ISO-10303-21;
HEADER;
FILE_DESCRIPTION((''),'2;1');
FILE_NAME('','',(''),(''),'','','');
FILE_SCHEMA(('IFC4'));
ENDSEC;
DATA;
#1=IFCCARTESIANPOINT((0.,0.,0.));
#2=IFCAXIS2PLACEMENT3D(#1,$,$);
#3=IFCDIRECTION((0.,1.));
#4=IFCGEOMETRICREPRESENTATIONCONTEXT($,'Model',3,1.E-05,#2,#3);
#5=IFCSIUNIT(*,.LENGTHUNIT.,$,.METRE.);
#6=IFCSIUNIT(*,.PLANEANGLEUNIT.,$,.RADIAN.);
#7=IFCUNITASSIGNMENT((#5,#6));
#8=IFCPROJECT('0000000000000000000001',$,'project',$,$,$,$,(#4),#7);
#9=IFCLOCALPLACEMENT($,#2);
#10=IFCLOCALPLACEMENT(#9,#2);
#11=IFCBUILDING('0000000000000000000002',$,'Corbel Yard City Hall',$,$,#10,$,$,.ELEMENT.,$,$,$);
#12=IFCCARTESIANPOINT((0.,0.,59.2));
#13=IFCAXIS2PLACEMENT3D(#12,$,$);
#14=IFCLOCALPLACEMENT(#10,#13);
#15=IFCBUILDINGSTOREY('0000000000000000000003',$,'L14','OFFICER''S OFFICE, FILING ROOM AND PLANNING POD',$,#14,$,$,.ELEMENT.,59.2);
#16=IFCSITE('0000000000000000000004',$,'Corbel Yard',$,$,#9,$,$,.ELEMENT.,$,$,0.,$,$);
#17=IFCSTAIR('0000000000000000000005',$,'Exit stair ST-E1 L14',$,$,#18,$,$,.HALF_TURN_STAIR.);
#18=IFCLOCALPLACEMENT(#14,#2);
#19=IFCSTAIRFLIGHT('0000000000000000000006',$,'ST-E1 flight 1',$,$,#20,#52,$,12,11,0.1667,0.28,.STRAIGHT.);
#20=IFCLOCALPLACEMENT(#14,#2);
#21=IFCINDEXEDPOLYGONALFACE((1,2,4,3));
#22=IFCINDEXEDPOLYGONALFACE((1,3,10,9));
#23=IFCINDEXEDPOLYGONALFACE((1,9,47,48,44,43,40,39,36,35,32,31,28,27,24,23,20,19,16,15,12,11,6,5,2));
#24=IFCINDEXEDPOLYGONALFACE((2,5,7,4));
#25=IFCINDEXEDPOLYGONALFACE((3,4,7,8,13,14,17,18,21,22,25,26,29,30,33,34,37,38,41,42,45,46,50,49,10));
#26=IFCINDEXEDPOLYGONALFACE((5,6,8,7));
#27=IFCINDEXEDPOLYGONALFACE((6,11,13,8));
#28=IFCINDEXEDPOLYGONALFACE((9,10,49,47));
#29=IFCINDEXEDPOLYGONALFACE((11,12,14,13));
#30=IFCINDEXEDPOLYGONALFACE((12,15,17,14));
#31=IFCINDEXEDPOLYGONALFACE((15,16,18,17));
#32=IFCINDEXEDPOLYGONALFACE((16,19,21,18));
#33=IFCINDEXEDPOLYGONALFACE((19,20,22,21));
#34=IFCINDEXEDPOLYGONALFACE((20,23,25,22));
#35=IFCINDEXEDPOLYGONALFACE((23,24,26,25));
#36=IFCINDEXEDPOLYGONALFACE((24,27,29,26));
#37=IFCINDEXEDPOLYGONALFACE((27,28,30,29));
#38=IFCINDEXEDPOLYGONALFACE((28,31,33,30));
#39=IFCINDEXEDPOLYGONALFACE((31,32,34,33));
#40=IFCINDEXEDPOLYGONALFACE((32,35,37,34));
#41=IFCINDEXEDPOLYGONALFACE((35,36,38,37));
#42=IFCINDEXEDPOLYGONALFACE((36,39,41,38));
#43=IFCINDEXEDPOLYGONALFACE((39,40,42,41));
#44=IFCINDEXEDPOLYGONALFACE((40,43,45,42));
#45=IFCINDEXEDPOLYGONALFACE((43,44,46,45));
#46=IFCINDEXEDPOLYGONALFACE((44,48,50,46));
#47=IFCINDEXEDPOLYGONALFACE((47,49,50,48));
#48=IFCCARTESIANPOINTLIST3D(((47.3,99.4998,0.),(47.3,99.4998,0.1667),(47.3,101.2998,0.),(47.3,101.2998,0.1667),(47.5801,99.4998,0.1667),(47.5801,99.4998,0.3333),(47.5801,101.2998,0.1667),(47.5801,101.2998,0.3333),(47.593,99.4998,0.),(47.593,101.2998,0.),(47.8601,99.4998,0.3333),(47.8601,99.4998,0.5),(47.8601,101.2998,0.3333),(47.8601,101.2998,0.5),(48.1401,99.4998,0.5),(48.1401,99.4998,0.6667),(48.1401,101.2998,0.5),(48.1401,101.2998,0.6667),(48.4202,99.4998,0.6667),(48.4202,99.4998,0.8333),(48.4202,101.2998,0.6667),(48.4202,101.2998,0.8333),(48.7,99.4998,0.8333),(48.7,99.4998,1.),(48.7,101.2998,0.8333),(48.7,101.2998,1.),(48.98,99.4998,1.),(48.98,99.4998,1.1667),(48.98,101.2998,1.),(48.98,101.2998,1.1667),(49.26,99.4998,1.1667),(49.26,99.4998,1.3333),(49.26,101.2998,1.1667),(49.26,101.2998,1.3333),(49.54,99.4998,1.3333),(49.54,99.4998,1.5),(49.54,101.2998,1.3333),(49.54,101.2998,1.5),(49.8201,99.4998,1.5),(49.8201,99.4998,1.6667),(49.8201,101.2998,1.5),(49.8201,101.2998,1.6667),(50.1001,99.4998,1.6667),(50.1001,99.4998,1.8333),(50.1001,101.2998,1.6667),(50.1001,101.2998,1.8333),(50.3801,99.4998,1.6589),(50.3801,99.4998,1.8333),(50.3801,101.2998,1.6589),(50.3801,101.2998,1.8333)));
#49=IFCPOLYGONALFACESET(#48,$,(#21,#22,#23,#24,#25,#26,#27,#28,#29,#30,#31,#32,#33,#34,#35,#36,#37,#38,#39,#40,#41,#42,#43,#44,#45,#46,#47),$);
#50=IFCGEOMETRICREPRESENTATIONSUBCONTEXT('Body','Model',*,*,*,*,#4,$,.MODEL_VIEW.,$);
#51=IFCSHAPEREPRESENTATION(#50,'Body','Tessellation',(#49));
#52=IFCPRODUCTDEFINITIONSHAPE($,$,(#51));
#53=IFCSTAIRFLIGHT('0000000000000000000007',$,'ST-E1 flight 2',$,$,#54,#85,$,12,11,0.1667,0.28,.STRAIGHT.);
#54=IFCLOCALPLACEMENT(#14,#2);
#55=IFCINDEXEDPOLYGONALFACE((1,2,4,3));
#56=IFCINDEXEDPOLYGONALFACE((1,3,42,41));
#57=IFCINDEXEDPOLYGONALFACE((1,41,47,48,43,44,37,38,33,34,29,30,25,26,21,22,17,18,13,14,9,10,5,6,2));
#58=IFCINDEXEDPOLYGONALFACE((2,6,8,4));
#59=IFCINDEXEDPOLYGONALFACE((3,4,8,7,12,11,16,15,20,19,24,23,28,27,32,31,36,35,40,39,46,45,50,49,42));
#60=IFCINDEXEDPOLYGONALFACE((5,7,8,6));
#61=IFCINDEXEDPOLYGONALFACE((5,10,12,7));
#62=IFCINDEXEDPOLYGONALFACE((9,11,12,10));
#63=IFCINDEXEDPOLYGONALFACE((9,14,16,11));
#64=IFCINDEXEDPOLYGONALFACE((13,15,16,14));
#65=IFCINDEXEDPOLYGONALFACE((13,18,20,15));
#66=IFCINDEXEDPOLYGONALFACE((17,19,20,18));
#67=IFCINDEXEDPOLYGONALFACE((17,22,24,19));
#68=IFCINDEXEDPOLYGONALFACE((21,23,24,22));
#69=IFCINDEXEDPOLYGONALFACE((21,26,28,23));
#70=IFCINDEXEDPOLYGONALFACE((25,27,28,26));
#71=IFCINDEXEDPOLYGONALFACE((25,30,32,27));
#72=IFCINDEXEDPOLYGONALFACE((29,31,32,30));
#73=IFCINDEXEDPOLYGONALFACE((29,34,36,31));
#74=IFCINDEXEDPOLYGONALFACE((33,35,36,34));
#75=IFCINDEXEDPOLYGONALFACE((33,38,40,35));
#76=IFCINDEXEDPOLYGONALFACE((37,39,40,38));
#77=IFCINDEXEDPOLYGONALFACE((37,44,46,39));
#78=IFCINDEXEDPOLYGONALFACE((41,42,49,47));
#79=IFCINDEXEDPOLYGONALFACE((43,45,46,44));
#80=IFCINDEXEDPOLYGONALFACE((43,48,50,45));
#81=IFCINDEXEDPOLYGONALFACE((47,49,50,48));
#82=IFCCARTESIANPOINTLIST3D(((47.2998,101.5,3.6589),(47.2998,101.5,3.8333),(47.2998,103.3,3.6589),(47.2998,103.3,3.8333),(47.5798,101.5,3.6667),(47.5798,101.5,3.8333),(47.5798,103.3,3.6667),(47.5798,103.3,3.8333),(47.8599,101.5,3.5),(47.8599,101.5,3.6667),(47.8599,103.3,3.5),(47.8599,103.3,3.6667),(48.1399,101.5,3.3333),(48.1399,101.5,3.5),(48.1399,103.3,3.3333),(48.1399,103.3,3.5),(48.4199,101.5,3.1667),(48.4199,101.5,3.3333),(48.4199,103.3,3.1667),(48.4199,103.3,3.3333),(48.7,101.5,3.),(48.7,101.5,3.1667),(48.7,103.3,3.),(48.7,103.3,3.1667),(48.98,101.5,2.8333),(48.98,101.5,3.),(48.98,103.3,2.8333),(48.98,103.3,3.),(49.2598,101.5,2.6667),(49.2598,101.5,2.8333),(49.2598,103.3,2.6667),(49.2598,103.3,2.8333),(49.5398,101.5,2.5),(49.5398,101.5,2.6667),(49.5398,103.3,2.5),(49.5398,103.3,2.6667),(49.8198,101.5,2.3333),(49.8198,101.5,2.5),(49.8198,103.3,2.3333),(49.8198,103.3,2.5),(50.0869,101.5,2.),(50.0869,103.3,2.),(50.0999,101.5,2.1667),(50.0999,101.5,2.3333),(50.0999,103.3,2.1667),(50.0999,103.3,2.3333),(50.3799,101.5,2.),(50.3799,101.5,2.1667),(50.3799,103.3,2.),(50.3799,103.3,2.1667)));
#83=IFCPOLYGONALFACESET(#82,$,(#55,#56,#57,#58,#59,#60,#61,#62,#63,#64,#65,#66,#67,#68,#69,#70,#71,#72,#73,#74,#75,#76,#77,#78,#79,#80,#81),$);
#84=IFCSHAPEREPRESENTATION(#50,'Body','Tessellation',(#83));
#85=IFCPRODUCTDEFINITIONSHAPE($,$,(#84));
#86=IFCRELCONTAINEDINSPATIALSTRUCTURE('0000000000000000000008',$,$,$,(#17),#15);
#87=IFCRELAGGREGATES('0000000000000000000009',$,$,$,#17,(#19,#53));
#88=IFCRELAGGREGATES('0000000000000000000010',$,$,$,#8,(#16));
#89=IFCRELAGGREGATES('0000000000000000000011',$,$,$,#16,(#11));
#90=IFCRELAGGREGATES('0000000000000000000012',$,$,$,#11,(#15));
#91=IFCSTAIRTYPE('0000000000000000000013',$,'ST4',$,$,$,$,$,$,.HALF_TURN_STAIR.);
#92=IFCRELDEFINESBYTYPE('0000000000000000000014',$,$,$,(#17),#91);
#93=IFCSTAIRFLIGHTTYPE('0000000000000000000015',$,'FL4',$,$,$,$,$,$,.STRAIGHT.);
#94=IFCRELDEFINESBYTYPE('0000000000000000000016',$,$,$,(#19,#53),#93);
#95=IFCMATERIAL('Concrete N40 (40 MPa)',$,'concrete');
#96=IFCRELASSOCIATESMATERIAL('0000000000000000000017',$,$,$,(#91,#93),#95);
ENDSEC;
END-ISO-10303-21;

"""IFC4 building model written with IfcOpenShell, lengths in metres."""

from ifc_helpers import new_model, si_unit, direction, frame, origin, place, context, subcontext, project, spatial, polyline, outline, extrude, material, type_object, element, aggregate, save


model = new_model("IFC4")

# Units and contexts
model_context = context("Model", 3, precision=1e-05, world=origin(), true_north=direction((0.0, 1.0)))
body_context = subcontext(model_context, "Body", "Model", "MODEL_VIEW")
ifc_project = project(units=[si_unit("LENGTHUNIT", "METRE"), si_unit("PLANEANGLEUNIT", "RADIAN")], contexts=[model_context])

# Site, building, storey
site_placement = place(None, origin())
site = spatial("IfcSite", under=ifc_project, at=site_placement, Name="Corbel Yard", CompositionType="ELEMENT", RefElevation=0.0)
building_placement = place(site_placement, origin())
building = spatial("IfcBuilding", under=site, at=building_placement, Name="Corbel Yard City Hall", CompositionType="ELEMENT")
storey_placement = place(building_placement, frame((0.0, 0.0, 59.2)))
storey = spatial("IfcBuildingStorey", under=building, at=storey_placement, Name="L14", Description="OFFICER'S OFFICE, FILING ROOM AND PLANNING POD", CompositionType="ELEMENT", Elevation=59.2)

# Shared definitions
ifc_material_1 = material(Name="Concrete N40 (40 MPa)", Category="concrete")

# Stair, stair flights
stair_type = type_object("IfcStairType", Name="ST4", PredefinedType="HALF_TURN_STAIR", material=ifc_material_1)
stair_placement = place(storey_placement, origin())
stair = element("IfcStair", 1, at=stair_placement, inside=storey, type_object=stair_type, Name="Exit stair ST-E1 L14", PredefinedType="HALF_TURN_STAIR")
stair_flight_type = type_object("IfcStairFlightType", Name="FL4", PredefinedType="STRAIGHT", material=ifc_material_1)
stair_flight_1_placement = place(storey_placement, frame((47.3, 100.3999, 0.0), z_axis=(0.0, 0.0, 1.0), x_axis=(1.0, 0.0, 0.0)))
stair_flight_1 = element("IfcStairFlight", 2, at=stair_flight_1_placement, type_object=stair_flight_type, Name="ST-E1 flight 1", NumberOfRisers=12, NumberOfTreads=11, PredefinedType="STRAIGHT", RiserHeight=0.1667, TreadLength=0.28, context=body_context, shape_type="SweptSolid", body=[
    extrude(outline(polyline([(0.0, 0.0), (0.0, 0.1667), (0.28, 0.1667), (0.28, 0.3333), (0.5601, 0.3333), (0.5601, 0.5), (0.8401, 0.5), (0.8401, 0.6667), (1.1201, 0.6667), (1.1201, 0.8333), (1.3999, 0.8333), (1.3999, 1.0), (1.6799, 1.0), (1.6799, 1.1667), (1.96, 1.1667), (1.96, 1.3333), (2.24, 1.3333), (2.24, 1.5), (2.52, 1.5), (2.52, 1.6667), (2.8, 1.6667), (2.8, 1.8333), (3.0801, 1.8333), (3.0801, 2.0), (3.0801, 1.6589), (0.293, 0.0), (0.0, 0.0)])), frame((0.0, 0.8999, 0.0), z_axis=(0.0, -1.0, 0.0), x_axis=(1.0, 0.0, 0.0)), (0.0, 0.0, 1.0), 1.8),
])
stair_flight_2_placement = place(storey_placement, frame((50.3799, 102.3999, 2.0), z_axis=(0.0, 0.0, 1.0), x_axis=(-1.0, 0.0, 0.0)))
stair_flight_2 = element("IfcStairFlight", 3, at=stair_flight_2_placement, type_object=stair_flight_type, Name="ST-E1 flight 2", NumberOfRisers=12, NumberOfTreads=11, PredefinedType="STRAIGHT", RiserHeight=0.1667, TreadLength=0.28, context=body_context, shape_type="SweptSolid", body=[
    extrude(outline(polyline([(0.0, 0.0), (0.0, 0.1667), (0.28, 0.1667), (0.28, 0.3333), (0.5601, 0.3333), (0.5601, 0.5), (0.8401, 0.5), (0.8401, 0.6667), (1.1201, 0.6667), (1.1201, 0.8333), (1.3999, 0.8333), (1.3999, 1.0), (1.6799, 1.0), (1.6799, 1.1667), (1.96, 1.1667), (1.96, 1.3333), (2.24, 1.3333), (2.24, 1.5), (2.52, 1.5), (2.52, 1.6667), (2.8, 1.6667), (2.8, 1.8333), (3.0801, 1.8333), (3.0801, 2.0), (3.0801, 1.6589), (0.293, 0.0), (0.0, 0.0)])), frame((0.0, 0.8999, 0.0), z_axis=(0.0, -1.0, 0.0), x_axis=(1.0, 0.0, 0.0)), (0.0, 0.0, 1.0), 1.8),
])
aggregate(stair, [stair_flight_1, stair_flight_2])

save(model, "model.ifc")
